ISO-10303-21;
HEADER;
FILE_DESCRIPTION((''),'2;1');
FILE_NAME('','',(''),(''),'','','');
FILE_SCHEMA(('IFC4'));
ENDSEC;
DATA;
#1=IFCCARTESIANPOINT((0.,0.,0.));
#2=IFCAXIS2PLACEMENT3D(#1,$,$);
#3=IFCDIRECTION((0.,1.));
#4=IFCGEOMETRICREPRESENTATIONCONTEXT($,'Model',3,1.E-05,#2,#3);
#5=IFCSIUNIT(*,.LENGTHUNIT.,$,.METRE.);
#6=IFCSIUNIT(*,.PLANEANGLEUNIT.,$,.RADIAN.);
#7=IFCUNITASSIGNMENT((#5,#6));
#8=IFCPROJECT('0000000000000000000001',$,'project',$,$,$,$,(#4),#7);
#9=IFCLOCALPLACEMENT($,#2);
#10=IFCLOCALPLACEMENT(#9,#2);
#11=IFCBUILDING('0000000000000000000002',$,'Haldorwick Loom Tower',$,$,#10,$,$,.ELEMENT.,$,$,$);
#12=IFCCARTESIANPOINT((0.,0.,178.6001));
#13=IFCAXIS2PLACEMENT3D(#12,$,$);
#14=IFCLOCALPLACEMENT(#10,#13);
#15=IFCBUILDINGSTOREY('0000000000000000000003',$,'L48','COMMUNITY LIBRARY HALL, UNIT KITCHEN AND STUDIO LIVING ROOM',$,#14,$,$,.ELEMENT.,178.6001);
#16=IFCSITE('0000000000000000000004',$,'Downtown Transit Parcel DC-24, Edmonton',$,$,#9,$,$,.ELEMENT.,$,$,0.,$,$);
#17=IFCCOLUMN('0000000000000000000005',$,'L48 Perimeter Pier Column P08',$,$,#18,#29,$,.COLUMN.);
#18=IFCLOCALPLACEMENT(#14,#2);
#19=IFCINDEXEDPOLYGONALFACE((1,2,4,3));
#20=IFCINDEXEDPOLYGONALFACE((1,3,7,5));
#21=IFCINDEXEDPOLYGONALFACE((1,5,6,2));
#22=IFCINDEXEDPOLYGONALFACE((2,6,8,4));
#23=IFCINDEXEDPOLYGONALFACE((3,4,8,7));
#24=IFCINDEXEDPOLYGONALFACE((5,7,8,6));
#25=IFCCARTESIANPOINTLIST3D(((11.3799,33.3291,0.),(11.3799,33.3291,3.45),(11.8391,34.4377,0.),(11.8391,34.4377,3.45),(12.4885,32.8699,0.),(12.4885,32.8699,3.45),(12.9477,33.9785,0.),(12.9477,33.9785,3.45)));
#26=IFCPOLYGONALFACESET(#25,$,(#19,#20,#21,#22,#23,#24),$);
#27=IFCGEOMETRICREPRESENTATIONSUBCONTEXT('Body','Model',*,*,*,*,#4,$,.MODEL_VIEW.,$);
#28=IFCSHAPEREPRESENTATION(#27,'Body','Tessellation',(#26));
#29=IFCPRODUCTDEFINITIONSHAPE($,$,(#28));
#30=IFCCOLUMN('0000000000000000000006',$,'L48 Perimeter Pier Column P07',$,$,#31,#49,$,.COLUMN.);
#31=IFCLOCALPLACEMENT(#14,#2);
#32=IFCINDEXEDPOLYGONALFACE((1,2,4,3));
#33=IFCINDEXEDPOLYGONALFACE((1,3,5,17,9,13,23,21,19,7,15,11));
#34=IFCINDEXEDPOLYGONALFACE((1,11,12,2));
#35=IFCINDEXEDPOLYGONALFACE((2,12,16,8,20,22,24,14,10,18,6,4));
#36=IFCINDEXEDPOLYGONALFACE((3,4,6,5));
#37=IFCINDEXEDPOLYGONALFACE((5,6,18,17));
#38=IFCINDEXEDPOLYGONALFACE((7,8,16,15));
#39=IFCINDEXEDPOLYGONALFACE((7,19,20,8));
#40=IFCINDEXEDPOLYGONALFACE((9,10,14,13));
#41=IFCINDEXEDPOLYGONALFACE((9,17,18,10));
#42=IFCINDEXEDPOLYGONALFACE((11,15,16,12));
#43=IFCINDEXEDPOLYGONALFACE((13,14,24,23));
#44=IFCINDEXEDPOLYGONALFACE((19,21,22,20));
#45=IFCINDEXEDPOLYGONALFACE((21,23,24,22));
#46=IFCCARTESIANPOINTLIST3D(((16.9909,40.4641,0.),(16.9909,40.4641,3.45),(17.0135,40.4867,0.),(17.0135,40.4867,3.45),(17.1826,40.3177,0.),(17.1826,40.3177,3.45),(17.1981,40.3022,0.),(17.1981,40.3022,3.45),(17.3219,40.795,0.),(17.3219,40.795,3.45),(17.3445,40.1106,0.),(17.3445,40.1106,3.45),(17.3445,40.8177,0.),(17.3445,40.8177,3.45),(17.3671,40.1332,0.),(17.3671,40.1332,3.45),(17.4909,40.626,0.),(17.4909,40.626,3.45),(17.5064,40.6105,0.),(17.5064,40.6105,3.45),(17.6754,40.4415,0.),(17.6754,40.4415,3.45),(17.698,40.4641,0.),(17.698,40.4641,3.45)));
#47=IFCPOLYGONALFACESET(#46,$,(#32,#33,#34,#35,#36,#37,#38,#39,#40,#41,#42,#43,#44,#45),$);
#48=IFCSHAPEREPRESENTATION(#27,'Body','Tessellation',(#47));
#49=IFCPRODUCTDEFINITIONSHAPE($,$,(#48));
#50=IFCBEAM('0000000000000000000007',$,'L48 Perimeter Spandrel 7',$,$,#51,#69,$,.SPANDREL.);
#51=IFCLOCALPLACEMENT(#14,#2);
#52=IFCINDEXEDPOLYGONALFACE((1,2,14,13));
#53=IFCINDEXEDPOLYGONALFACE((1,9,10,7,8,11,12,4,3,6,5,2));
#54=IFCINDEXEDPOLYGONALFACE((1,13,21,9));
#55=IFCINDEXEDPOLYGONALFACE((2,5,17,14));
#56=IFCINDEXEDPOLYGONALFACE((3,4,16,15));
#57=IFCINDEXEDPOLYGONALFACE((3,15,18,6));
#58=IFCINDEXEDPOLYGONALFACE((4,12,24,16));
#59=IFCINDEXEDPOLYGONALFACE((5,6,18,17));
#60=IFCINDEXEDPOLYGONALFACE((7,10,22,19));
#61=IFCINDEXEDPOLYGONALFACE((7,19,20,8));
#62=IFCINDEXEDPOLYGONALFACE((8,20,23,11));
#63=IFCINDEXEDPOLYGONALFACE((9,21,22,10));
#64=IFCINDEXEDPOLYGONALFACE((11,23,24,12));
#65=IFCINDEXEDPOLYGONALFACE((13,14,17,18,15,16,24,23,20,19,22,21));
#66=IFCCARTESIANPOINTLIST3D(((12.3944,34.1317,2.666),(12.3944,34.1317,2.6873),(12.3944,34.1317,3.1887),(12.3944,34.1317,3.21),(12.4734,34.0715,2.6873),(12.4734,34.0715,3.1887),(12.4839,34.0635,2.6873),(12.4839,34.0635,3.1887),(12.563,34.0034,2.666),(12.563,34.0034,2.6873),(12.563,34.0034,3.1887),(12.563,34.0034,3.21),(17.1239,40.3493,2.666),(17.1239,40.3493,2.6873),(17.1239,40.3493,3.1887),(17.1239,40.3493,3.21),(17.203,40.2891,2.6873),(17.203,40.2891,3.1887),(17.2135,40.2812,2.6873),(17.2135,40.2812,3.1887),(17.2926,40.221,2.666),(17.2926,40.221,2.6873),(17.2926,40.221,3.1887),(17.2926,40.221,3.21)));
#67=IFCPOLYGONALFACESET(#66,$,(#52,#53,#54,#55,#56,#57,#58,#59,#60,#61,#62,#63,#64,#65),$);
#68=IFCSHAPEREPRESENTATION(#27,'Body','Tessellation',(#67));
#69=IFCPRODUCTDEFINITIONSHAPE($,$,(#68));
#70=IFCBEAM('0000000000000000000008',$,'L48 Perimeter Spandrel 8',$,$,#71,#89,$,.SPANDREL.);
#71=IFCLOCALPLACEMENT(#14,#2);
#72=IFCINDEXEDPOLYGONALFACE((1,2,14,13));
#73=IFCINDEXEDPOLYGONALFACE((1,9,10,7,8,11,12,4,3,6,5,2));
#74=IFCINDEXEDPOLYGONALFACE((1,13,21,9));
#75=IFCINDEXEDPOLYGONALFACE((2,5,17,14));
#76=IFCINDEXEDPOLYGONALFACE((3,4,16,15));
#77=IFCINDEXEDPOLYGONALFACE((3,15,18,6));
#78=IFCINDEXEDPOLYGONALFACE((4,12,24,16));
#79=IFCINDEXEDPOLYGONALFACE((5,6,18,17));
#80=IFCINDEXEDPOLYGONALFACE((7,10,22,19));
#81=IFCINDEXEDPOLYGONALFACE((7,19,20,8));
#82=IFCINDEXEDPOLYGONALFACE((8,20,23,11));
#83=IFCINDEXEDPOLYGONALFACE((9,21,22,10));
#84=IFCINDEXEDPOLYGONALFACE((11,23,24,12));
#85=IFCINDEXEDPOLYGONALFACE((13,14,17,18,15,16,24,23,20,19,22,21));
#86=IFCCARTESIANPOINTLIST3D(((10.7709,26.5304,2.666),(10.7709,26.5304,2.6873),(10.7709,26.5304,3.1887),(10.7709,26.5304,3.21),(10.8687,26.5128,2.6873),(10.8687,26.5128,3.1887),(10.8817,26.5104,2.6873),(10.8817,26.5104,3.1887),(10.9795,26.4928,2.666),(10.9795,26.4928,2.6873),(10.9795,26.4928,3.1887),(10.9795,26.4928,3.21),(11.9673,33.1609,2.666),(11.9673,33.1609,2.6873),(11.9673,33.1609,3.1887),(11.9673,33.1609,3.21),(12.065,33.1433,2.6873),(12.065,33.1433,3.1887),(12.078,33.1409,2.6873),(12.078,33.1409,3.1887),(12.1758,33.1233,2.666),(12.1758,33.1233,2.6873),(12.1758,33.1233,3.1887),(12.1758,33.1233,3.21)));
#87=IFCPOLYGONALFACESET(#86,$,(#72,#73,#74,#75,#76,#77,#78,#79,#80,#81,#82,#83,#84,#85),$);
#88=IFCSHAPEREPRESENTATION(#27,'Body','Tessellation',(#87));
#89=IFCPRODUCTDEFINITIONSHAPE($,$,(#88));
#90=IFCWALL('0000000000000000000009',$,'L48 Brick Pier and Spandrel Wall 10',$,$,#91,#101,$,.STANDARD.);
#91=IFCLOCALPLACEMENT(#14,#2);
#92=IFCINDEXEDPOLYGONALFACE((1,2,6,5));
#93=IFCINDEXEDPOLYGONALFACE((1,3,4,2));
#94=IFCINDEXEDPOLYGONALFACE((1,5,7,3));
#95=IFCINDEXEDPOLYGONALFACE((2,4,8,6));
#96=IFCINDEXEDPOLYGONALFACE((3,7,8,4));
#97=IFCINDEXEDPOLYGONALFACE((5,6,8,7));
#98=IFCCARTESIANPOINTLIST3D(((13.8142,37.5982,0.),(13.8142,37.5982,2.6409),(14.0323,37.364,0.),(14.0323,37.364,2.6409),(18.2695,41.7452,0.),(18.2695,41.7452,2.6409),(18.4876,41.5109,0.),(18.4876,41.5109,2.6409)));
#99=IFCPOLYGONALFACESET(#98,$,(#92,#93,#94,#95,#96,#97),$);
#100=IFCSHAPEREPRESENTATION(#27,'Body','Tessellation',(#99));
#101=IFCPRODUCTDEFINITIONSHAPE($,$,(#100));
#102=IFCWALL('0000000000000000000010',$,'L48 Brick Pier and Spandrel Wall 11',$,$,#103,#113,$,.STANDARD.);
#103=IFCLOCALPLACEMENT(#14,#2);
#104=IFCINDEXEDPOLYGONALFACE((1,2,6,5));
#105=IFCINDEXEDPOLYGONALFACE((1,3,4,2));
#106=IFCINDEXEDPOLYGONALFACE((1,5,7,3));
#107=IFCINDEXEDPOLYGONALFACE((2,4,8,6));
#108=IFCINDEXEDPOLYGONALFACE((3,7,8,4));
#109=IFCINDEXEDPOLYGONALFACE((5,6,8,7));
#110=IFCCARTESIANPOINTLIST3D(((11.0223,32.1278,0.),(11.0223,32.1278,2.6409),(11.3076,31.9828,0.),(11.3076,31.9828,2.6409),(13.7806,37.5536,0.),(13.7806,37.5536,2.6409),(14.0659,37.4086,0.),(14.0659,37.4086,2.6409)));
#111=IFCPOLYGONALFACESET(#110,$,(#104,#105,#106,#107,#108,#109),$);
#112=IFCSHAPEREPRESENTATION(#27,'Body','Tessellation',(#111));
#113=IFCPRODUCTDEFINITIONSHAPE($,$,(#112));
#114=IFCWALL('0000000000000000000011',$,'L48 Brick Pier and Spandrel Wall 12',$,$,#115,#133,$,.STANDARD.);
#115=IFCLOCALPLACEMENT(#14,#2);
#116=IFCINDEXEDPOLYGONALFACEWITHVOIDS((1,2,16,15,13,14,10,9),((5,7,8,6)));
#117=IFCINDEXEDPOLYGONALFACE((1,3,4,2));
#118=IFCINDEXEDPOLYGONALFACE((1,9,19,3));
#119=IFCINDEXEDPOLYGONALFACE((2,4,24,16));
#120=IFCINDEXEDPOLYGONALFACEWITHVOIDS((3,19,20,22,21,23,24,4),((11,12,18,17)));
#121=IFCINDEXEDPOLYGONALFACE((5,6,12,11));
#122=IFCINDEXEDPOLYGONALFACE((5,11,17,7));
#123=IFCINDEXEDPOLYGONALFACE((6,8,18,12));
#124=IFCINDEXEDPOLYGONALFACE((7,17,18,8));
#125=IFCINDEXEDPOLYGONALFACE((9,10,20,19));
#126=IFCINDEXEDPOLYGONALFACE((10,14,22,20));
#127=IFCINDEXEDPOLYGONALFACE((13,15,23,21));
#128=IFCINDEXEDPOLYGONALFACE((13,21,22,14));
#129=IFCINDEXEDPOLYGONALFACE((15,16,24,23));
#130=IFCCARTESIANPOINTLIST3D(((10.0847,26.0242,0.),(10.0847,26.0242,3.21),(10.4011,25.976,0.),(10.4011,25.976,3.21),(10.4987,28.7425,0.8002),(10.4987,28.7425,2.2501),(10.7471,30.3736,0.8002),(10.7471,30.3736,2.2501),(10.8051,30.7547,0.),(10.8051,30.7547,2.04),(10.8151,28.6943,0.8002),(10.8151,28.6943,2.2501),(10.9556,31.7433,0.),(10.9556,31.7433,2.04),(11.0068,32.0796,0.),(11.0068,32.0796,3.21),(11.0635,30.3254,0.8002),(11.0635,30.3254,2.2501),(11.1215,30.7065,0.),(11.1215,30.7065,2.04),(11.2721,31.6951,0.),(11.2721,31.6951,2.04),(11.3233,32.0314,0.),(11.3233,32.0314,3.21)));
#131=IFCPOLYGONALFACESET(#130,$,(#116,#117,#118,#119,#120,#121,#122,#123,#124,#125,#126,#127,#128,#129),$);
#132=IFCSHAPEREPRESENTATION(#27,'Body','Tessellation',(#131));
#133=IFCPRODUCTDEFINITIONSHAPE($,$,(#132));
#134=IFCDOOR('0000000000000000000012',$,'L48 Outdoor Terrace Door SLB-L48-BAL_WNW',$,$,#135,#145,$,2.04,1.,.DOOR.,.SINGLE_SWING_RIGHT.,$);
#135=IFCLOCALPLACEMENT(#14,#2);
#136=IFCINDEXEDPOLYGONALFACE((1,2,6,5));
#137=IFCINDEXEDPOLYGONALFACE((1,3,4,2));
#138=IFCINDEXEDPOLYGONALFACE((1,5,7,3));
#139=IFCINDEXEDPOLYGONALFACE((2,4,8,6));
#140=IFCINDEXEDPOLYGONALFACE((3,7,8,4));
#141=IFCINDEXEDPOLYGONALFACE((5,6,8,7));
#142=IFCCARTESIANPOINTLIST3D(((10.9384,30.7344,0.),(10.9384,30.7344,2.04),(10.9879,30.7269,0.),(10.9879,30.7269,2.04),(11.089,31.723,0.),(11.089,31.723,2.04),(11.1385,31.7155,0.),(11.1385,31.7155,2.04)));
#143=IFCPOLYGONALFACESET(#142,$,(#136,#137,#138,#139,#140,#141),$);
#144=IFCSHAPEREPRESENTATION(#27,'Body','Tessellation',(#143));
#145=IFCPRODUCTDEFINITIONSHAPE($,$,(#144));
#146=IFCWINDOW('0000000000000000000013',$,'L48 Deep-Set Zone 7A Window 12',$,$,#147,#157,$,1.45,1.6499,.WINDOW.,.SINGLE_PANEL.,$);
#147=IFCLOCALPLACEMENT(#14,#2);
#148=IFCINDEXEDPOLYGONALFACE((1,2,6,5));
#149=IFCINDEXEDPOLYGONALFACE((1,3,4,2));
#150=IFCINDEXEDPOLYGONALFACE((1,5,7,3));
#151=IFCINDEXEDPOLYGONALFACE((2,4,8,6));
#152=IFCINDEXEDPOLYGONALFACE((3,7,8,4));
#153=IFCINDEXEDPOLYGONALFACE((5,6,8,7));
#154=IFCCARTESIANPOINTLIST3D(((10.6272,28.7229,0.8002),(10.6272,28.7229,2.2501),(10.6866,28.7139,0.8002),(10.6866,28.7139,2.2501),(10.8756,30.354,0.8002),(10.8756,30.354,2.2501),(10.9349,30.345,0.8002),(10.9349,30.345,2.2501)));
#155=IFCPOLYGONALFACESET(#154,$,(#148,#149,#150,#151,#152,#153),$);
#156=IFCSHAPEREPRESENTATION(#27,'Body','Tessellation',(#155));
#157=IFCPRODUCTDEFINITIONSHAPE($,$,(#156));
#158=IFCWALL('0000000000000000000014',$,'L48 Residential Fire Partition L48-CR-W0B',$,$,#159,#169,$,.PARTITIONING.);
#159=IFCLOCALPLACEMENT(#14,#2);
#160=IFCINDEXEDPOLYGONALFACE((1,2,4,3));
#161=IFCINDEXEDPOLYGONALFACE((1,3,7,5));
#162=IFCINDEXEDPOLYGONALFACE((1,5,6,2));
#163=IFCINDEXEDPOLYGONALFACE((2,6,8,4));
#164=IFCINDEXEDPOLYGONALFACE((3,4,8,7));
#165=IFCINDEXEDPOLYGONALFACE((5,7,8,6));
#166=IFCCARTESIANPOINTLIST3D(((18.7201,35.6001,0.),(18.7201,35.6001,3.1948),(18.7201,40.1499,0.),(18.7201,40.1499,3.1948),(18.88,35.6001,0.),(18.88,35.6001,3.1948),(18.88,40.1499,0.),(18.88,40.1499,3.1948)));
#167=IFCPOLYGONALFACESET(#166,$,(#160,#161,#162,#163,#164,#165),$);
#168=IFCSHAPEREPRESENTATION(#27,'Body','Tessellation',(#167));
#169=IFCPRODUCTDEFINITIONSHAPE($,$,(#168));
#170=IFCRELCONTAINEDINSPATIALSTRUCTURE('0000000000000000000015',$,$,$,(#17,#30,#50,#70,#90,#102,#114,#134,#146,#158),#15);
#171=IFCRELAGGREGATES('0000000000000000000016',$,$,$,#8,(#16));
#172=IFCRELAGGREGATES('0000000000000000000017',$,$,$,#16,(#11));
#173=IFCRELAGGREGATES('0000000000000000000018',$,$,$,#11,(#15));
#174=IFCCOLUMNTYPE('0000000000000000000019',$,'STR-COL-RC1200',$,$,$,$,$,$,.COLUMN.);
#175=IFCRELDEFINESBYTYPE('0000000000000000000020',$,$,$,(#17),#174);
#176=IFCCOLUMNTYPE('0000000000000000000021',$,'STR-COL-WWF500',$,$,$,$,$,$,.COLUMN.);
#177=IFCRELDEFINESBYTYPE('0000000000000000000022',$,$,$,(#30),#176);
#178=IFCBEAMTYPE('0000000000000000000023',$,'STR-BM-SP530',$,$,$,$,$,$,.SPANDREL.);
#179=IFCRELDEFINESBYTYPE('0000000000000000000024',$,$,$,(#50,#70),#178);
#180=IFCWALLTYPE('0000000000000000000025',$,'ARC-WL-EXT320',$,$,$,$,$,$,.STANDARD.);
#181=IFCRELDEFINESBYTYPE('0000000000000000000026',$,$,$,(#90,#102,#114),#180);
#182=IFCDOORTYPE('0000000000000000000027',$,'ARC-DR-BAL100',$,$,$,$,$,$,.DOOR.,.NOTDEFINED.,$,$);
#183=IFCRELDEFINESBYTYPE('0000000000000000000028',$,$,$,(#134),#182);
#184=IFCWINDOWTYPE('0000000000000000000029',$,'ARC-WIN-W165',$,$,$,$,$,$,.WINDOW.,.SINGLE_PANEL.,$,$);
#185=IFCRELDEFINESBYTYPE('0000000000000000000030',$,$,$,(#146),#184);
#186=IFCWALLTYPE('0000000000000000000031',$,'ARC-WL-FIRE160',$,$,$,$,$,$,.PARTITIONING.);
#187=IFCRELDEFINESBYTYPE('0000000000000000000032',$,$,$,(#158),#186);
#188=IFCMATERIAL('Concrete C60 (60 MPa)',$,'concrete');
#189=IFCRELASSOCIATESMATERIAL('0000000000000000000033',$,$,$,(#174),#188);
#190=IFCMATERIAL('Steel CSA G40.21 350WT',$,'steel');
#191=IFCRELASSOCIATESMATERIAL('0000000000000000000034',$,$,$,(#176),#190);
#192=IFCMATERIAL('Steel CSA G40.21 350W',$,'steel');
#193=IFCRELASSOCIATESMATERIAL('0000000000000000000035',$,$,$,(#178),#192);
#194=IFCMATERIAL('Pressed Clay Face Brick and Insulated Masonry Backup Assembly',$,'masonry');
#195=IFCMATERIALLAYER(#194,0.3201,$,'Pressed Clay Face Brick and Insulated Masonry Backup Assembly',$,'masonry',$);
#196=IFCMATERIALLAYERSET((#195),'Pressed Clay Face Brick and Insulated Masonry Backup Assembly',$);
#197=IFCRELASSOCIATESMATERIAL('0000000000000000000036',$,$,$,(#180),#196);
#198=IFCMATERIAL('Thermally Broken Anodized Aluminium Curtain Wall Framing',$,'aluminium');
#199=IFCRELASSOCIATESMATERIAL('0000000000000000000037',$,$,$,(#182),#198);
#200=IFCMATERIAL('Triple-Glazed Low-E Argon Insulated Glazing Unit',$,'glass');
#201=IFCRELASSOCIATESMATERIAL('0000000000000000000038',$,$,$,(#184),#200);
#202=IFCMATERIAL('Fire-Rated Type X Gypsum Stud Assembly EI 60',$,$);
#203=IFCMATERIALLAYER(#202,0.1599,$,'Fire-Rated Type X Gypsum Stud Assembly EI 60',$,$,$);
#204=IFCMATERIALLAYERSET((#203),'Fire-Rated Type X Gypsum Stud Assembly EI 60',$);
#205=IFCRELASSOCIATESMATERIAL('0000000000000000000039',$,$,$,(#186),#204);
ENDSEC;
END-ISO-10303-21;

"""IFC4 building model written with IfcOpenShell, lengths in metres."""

from ifc_helpers import new_model, si_unit, direction, frame, frame_2d, origin, origin_2d, place, context, subcontext, project, spatial, rectangle, i_section, extrude, material, layer, layer_set, material_profile, profile_set, type_object, element, fill, save


model = new_model("IFC4")

# Units and contexts
model_context = context("Model", 3, precision=1e-05, world=origin(), true_north=direction((0.0, 1.0)))
body_context = subcontext(model_context, "Body", "Model", "MODEL_VIEW")
ifc_project = project(units=[si_unit("LENGTHUNIT", "METRE"), si_unit("PLANEANGLEUNIT", "RADIAN")], contexts=[model_context])

# Site, building, storey
site_placement = place(None, origin())
site = spatial("IfcSite", under=ifc_project, at=site_placement, Name="Downtown Transit Parcel DC-24, Edmonton", CompositionType="ELEMENT", RefElevation=0.0)
building_placement = place(site_placement, origin())
building = spatial("IfcBuilding", under=site, at=building_placement, Name="Haldorwick Loom Tower", CompositionType="ELEMENT")
storey_placement = place(building_placement, frame((0.0, 0.0, 178.6001)))
storey = spatial("IfcBuildingStorey", under=building, at=storey_placement, Name="L48", Description="COMMUNITY LIBRARY HALL, UNIT KITCHEN AND STUDIO LIVING ROOM", CompositionType="ELEMENT", Elevation=178.6001)

# Columns
ifc_material_1 = material(Name="Concrete C60 (60 MPa)", Category="concrete")
ifc_material_profile_1 = material_profile(ifc_material_1, rectangle(XDim=1.2, YDim=1.2, at=origin_2d()), Name="RC1200X1200", Category="concrete")
ifc_profile_set_1 = profile_set([ifc_material_profile_1], Name="Concrete C60 (60 MPa)")
column_type_1 = type_object("IfcColumnType", Name="STR-COL-RC1200", PredefinedType="COLUMN", material=ifc_profile_set_1)
column_1_placement = place(storey_placement, frame((12.1638, 33.6538, 0.0), z_axis=(0.0, 0.0, 1.0), x_axis=(-0.92388, 0.382683, 0.0)))
element("IfcColumn", 1, at=column_1_placement, inside=storey, type_object=column_type_1, Name="L48 Perimeter Pier Column P08", PredefinedType="COLUMN", context=body_context, shape_type="SweptSolid", body=[
    extrude(rectangle(XDim=1.2, YDim=1.2, at=origin_2d()), origin(), (0.0, 0.0, 1.0), 3.45),
])
ifc_material_2 = material(Name="Steel CSA G40.21 350WT", Category="steel")
ifc_material_profile_2 = material_profile(ifc_material_2, i_section(OverallWidth=0.5, OverallDepth=0.5, WebThickness=0.022, FlangeThickness=0.032, at=origin_2d()), Name="WWF500X500", Category="steel")
ifc_profile_set_2 = profile_set([ifc_material_profile_2], Name="Steel CSA G40.21 350WT")
column_type_2 = type_object("IfcColumnType", Name="STR-COL-WWF500", PredefinedType="COLUMN", material=ifc_profile_set_2)
column_2_placement = place(storey_placement, frame((17.3445, 40.4641, 0.0), z_axis=(0.0, 0.0, 1.0), x_axis=(-0.707107, 0.707107, 0.0)))
element("IfcColumn", 2, at=column_2_placement, inside=storey, type_object=column_type_2, Name="L48 Perimeter Pier Column P07", PredefinedType="COLUMN", context=body_context, shape_type="SweptSolid", body=[
    extrude(i_section(OverallWidth=0.5, OverallDepth=0.5, WebThickness=0.022, FlangeThickness=0.032, at=origin_2d()), origin(), (0.0, 0.0, 1.0), 3.45),
])

# Beams
ifc_material_3 = material(Name="Steel CSA G40.21 350W", Category="steel")
ifc_material_profile_3 = material_profile(ifc_material_3, i_section(OverallWidth=0.2119, OverallDepth=0.5439, WebThickness=0.0132, FlangeThickness=0.0212, at=origin_2d()), Name="W530X123", Category="steel")
ifc_profile_set_3 = profile_set([ifc_material_profile_3], Name="Steel CSA G40.21 350W")
beam_type = type_object("IfcBeamType", Name="STR-BM-SP530", PredefinedType="SPANDREL", material=ifc_profile_set_3)
beam_1_placement = place(storey_placement, frame((17.2083, 40.2852, 2.938), z_axis=(-0.605422, -0.795905, 0.0), x_axis=(0.795905, -0.605422, 0.0)))
element("IfcBeam", 3, at=beam_1_placement, inside=storey, type_object=beam_type, Name="L48 Perimeter Spandrel 7", PredefinedType="SPANDREL", context=body_context, shape_type="SweptSolid", body=[
    extrude(i_section(OverallWidth=0.2119, OverallDepth=0.5439, WebThickness=0.0132, FlangeThickness=0.0212, at=origin_2d()), origin(), (0.0, 0.0, 1.0), 7.812),
])
beam_2_placement = place(storey_placement, frame((12.0715, 33.1421, 2.938), z_axis=(-0.177559, -0.98411, 0.0), x_axis=(0.98411, -0.177559, 0.0)))
element("IfcBeam", 4, at=beam_2_placement, inside=storey, type_object=beam_type, Name="L48 Perimeter Spandrel 8", PredefinedType="SPANDREL", context=body_context, shape_type="SweptSolid", body=[
    extrude(i_section(OverallWidth=0.2119, OverallDepth=0.5439, WebThickness=0.0132, FlangeThickness=0.0212, at=origin_2d()), origin(), (0.0, 0.0, 1.0), 6.7375),
])

# Walls
ifc_material_4 = material(Name="Pressed Clay Face Brick and Insulated Masonry Backup Assembly", Category="masonry")
ifc_layer_1 = layer(ifc_material_4, 0.3201, Name="Pressed Clay Face Brick and Insulated Masonry Backup Assembly", Category="masonry")
ifc_layer_set_1 = layer_set([ifc_layer_1], Name="Pressed Clay Face Brick and Insulated Masonry Backup Assembly")
wall_type_1 = type_object("IfcWallType", Name="ARC-WL-EXT320", PredefinedType="STANDARD", material=ifc_layer_set_1)
for number, where, z_axis, x_axis, name in (
    (5, (18.3787, 41.6282, 0.0), (0.0, 0.0, 1.0), (-0.731983, -0.681323, 0.0), "L48 Brick Pier and Spandrel Wall 10"),
    (6, (13.9233, 37.4812, 0.0), (0.0, 0.0, 1.0), (-0.453172, -0.891423, 0.0), "L48 Brick Pier and Spandrel Wall 11"),
):
    element("IfcWall", number, at=place(storey_placement, frame(where, z_axis=z_axis, x_axis=x_axis)), inside=storey, type_object=wall_type_1, Name=name, PredefinedType="STANDARD", context=body_context, shape_type="SweptSolid", body=[
        extrude(rectangle(XDim=6.0867, YDim=0.3201, at=frame_2d((3.0435, 0.0))), origin(), (0.0, 0.0, 1.0), 2.6409),
    ])

# Wall, openings, door, window
wall_1_placement = place(storey_placement, frame((11.165, 32.0554, 0.0), z_axis=(0.0, 0.0, 1.0), x_axis=(-0.150544, -0.988603, 0.0)))
wall_1 = element("IfcWall", 7, at=wall_1_placement, inside=storey, type_object=wall_type_1, Name="L48 Brick Pier and Spandrel Wall 12", PredefinedType="STANDARD", context=body_context, shape_type="SweptSolid", body=[
    extrude(rectangle(XDim=6.1252, YDim=0.3201, at=frame_2d((3.0625, 0.0))), origin(), (0.0, 0.0, 1.0), 3.21),
])
opening_1_placement = place(wall_1_placement, frame((0.3401, 0.0, 0.0)))
opening_1 = element("IfcOpeningElement", 8, at=opening_1_placement, cuts=wall_1, PredefinedType="OPENING", context=body_context, shape_type="SweptSolid", body=[
    extrude(rectangle(XDim=1.0, YDim=2.04, at=frame_2d((0.5, 1.02))), frame((0.0, 0.1699, 0.0), z_axis=(0.0, -1.0, 0.0), x_axis=(1.0, 0.0, 0.0)), (0.0, 0.0, 1.0), 0.3401),
])
opening_2_placement = place(wall_1_placement, frame((1.7256, 0.0, 0.8)))
opening_2 = element("IfcOpeningElement", 9, at=opening_2_placement, cuts=wall_1, PredefinedType="OPENING", context=body_context, shape_type="SweptSolid", body=[
    extrude(rectangle(XDim=1.6499, YDim=1.45, at=frame_2d((0.825, 0.7251))), frame((0.0, 0.1699, 0.0), z_axis=(0.0, -1.0, 0.0), x_axis=(1.0, 0.0, 0.0)), (0.0, 0.0, 1.0), 0.3401),
])
ifc_material_5 = material(Name="Thermally Broken Anodized Aluminium Curtain Wall Framing", Category="aluminium")
door_type_1 = type_object("IfcDoorType", Name="ARC-DR-BAL100", OperationType="NOTDEFINED", PredefinedType="DOOR", material=ifc_material_5)
door_1_placement = place(opening_1_placement, origin())
door_1 = element("IfcDoor", 10, at=door_1_placement, inside=storey, type_object=door_type_1, Name="L48 Outdoor Terrace Door SLB-L48-BAL_WNW", OperationType="SINGLE_SWING_RIGHT", OverallHeight=2.04, OverallWidth=1.0, PredefinedType="DOOR", context=body_context, shape_type="SweptSolid", body=[
    extrude(rectangle(XDim=1.0, YDim=2.04, at=frame_2d((0.5, 1.02))), frame((0.0, 0.0249, 0.0), z_axis=(0.0, -1.0, 0.0), x_axis=(1.0, 0.0, 0.0)), (0.0, 0.0, 1.0), 0.05),
])
fill(opening_1, door_1)
ifc_material_6 = material(Name="Triple-Glazed Low-E Argon Insulated Glazing Unit", Category="glass")
window_type = type_object("IfcWindowType", Name="ARC-WIN-W165", PartitioningType="SINGLE_PANEL", PredefinedType="WINDOW", material=ifc_material_6)
window_placement = place(opening_2_placement, origin())
window = element("IfcWindow", 11, at=window_placement, inside=storey, type_object=window_type, Name="L48 Deep-Set Zone 7A Window 12", OverallHeight=1.45, OverallWidth=1.6499, PartitioningType="SINGLE_PANEL", PredefinedType="WINDOW", context=body_context, shape_type="SweptSolid", body=[
    extrude(rectangle(XDim=1.6499, YDim=1.45, at=frame_2d((0.825, 0.7251))), frame((0.0, 0.03, 0.0), z_axis=(0.0, -1.0, 0.0), x_axis=(1.0, 0.0, 0.0)), (0.0, 0.0, 1.0), 0.0601),
])
fill(opening_2, window)

# Wall
ifc_material_7 = material(Name="Fire-Rated Type X Gypsum Stud Assembly EI 60")
ifc_layer_2 = layer(ifc_material_7, 0.1599, Name="Fire-Rated Type X Gypsum Stud Assembly EI 60")
ifc_layer_set_2 = layer_set([ifc_layer_2], Name="Fire-Rated Type X Gypsum Stud Assembly EI 60")
wall_type_2 = type_object("IfcWallType", Name="ARC-WL-FIRE160", PredefinedType="PARTITIONING", material=ifc_layer_set_2)
wall_2_placement = place(storey_placement, frame((18.8, 35.6001, 0.0), z_axis=(0.0, 0.0, 1.0), x_axis=(0.0, 1.0, 0.0)))
element("IfcWall", 12, at=wall_2_placement, inside=storey, type_object=wall_type_2, Name="L48 Residential Fire Partition L48-CR-W0B", PredefinedType="PARTITIONING", context=body_context, shape_type="SweptSolid", body=[
    extrude(rectangle(XDim=4.5498, YDim=0.1599, at=frame_2d((2.2749, 0.0))), origin(), (0.0, 0.0, 1.0), 3.1948),
])

save(model, "model.ifc")
